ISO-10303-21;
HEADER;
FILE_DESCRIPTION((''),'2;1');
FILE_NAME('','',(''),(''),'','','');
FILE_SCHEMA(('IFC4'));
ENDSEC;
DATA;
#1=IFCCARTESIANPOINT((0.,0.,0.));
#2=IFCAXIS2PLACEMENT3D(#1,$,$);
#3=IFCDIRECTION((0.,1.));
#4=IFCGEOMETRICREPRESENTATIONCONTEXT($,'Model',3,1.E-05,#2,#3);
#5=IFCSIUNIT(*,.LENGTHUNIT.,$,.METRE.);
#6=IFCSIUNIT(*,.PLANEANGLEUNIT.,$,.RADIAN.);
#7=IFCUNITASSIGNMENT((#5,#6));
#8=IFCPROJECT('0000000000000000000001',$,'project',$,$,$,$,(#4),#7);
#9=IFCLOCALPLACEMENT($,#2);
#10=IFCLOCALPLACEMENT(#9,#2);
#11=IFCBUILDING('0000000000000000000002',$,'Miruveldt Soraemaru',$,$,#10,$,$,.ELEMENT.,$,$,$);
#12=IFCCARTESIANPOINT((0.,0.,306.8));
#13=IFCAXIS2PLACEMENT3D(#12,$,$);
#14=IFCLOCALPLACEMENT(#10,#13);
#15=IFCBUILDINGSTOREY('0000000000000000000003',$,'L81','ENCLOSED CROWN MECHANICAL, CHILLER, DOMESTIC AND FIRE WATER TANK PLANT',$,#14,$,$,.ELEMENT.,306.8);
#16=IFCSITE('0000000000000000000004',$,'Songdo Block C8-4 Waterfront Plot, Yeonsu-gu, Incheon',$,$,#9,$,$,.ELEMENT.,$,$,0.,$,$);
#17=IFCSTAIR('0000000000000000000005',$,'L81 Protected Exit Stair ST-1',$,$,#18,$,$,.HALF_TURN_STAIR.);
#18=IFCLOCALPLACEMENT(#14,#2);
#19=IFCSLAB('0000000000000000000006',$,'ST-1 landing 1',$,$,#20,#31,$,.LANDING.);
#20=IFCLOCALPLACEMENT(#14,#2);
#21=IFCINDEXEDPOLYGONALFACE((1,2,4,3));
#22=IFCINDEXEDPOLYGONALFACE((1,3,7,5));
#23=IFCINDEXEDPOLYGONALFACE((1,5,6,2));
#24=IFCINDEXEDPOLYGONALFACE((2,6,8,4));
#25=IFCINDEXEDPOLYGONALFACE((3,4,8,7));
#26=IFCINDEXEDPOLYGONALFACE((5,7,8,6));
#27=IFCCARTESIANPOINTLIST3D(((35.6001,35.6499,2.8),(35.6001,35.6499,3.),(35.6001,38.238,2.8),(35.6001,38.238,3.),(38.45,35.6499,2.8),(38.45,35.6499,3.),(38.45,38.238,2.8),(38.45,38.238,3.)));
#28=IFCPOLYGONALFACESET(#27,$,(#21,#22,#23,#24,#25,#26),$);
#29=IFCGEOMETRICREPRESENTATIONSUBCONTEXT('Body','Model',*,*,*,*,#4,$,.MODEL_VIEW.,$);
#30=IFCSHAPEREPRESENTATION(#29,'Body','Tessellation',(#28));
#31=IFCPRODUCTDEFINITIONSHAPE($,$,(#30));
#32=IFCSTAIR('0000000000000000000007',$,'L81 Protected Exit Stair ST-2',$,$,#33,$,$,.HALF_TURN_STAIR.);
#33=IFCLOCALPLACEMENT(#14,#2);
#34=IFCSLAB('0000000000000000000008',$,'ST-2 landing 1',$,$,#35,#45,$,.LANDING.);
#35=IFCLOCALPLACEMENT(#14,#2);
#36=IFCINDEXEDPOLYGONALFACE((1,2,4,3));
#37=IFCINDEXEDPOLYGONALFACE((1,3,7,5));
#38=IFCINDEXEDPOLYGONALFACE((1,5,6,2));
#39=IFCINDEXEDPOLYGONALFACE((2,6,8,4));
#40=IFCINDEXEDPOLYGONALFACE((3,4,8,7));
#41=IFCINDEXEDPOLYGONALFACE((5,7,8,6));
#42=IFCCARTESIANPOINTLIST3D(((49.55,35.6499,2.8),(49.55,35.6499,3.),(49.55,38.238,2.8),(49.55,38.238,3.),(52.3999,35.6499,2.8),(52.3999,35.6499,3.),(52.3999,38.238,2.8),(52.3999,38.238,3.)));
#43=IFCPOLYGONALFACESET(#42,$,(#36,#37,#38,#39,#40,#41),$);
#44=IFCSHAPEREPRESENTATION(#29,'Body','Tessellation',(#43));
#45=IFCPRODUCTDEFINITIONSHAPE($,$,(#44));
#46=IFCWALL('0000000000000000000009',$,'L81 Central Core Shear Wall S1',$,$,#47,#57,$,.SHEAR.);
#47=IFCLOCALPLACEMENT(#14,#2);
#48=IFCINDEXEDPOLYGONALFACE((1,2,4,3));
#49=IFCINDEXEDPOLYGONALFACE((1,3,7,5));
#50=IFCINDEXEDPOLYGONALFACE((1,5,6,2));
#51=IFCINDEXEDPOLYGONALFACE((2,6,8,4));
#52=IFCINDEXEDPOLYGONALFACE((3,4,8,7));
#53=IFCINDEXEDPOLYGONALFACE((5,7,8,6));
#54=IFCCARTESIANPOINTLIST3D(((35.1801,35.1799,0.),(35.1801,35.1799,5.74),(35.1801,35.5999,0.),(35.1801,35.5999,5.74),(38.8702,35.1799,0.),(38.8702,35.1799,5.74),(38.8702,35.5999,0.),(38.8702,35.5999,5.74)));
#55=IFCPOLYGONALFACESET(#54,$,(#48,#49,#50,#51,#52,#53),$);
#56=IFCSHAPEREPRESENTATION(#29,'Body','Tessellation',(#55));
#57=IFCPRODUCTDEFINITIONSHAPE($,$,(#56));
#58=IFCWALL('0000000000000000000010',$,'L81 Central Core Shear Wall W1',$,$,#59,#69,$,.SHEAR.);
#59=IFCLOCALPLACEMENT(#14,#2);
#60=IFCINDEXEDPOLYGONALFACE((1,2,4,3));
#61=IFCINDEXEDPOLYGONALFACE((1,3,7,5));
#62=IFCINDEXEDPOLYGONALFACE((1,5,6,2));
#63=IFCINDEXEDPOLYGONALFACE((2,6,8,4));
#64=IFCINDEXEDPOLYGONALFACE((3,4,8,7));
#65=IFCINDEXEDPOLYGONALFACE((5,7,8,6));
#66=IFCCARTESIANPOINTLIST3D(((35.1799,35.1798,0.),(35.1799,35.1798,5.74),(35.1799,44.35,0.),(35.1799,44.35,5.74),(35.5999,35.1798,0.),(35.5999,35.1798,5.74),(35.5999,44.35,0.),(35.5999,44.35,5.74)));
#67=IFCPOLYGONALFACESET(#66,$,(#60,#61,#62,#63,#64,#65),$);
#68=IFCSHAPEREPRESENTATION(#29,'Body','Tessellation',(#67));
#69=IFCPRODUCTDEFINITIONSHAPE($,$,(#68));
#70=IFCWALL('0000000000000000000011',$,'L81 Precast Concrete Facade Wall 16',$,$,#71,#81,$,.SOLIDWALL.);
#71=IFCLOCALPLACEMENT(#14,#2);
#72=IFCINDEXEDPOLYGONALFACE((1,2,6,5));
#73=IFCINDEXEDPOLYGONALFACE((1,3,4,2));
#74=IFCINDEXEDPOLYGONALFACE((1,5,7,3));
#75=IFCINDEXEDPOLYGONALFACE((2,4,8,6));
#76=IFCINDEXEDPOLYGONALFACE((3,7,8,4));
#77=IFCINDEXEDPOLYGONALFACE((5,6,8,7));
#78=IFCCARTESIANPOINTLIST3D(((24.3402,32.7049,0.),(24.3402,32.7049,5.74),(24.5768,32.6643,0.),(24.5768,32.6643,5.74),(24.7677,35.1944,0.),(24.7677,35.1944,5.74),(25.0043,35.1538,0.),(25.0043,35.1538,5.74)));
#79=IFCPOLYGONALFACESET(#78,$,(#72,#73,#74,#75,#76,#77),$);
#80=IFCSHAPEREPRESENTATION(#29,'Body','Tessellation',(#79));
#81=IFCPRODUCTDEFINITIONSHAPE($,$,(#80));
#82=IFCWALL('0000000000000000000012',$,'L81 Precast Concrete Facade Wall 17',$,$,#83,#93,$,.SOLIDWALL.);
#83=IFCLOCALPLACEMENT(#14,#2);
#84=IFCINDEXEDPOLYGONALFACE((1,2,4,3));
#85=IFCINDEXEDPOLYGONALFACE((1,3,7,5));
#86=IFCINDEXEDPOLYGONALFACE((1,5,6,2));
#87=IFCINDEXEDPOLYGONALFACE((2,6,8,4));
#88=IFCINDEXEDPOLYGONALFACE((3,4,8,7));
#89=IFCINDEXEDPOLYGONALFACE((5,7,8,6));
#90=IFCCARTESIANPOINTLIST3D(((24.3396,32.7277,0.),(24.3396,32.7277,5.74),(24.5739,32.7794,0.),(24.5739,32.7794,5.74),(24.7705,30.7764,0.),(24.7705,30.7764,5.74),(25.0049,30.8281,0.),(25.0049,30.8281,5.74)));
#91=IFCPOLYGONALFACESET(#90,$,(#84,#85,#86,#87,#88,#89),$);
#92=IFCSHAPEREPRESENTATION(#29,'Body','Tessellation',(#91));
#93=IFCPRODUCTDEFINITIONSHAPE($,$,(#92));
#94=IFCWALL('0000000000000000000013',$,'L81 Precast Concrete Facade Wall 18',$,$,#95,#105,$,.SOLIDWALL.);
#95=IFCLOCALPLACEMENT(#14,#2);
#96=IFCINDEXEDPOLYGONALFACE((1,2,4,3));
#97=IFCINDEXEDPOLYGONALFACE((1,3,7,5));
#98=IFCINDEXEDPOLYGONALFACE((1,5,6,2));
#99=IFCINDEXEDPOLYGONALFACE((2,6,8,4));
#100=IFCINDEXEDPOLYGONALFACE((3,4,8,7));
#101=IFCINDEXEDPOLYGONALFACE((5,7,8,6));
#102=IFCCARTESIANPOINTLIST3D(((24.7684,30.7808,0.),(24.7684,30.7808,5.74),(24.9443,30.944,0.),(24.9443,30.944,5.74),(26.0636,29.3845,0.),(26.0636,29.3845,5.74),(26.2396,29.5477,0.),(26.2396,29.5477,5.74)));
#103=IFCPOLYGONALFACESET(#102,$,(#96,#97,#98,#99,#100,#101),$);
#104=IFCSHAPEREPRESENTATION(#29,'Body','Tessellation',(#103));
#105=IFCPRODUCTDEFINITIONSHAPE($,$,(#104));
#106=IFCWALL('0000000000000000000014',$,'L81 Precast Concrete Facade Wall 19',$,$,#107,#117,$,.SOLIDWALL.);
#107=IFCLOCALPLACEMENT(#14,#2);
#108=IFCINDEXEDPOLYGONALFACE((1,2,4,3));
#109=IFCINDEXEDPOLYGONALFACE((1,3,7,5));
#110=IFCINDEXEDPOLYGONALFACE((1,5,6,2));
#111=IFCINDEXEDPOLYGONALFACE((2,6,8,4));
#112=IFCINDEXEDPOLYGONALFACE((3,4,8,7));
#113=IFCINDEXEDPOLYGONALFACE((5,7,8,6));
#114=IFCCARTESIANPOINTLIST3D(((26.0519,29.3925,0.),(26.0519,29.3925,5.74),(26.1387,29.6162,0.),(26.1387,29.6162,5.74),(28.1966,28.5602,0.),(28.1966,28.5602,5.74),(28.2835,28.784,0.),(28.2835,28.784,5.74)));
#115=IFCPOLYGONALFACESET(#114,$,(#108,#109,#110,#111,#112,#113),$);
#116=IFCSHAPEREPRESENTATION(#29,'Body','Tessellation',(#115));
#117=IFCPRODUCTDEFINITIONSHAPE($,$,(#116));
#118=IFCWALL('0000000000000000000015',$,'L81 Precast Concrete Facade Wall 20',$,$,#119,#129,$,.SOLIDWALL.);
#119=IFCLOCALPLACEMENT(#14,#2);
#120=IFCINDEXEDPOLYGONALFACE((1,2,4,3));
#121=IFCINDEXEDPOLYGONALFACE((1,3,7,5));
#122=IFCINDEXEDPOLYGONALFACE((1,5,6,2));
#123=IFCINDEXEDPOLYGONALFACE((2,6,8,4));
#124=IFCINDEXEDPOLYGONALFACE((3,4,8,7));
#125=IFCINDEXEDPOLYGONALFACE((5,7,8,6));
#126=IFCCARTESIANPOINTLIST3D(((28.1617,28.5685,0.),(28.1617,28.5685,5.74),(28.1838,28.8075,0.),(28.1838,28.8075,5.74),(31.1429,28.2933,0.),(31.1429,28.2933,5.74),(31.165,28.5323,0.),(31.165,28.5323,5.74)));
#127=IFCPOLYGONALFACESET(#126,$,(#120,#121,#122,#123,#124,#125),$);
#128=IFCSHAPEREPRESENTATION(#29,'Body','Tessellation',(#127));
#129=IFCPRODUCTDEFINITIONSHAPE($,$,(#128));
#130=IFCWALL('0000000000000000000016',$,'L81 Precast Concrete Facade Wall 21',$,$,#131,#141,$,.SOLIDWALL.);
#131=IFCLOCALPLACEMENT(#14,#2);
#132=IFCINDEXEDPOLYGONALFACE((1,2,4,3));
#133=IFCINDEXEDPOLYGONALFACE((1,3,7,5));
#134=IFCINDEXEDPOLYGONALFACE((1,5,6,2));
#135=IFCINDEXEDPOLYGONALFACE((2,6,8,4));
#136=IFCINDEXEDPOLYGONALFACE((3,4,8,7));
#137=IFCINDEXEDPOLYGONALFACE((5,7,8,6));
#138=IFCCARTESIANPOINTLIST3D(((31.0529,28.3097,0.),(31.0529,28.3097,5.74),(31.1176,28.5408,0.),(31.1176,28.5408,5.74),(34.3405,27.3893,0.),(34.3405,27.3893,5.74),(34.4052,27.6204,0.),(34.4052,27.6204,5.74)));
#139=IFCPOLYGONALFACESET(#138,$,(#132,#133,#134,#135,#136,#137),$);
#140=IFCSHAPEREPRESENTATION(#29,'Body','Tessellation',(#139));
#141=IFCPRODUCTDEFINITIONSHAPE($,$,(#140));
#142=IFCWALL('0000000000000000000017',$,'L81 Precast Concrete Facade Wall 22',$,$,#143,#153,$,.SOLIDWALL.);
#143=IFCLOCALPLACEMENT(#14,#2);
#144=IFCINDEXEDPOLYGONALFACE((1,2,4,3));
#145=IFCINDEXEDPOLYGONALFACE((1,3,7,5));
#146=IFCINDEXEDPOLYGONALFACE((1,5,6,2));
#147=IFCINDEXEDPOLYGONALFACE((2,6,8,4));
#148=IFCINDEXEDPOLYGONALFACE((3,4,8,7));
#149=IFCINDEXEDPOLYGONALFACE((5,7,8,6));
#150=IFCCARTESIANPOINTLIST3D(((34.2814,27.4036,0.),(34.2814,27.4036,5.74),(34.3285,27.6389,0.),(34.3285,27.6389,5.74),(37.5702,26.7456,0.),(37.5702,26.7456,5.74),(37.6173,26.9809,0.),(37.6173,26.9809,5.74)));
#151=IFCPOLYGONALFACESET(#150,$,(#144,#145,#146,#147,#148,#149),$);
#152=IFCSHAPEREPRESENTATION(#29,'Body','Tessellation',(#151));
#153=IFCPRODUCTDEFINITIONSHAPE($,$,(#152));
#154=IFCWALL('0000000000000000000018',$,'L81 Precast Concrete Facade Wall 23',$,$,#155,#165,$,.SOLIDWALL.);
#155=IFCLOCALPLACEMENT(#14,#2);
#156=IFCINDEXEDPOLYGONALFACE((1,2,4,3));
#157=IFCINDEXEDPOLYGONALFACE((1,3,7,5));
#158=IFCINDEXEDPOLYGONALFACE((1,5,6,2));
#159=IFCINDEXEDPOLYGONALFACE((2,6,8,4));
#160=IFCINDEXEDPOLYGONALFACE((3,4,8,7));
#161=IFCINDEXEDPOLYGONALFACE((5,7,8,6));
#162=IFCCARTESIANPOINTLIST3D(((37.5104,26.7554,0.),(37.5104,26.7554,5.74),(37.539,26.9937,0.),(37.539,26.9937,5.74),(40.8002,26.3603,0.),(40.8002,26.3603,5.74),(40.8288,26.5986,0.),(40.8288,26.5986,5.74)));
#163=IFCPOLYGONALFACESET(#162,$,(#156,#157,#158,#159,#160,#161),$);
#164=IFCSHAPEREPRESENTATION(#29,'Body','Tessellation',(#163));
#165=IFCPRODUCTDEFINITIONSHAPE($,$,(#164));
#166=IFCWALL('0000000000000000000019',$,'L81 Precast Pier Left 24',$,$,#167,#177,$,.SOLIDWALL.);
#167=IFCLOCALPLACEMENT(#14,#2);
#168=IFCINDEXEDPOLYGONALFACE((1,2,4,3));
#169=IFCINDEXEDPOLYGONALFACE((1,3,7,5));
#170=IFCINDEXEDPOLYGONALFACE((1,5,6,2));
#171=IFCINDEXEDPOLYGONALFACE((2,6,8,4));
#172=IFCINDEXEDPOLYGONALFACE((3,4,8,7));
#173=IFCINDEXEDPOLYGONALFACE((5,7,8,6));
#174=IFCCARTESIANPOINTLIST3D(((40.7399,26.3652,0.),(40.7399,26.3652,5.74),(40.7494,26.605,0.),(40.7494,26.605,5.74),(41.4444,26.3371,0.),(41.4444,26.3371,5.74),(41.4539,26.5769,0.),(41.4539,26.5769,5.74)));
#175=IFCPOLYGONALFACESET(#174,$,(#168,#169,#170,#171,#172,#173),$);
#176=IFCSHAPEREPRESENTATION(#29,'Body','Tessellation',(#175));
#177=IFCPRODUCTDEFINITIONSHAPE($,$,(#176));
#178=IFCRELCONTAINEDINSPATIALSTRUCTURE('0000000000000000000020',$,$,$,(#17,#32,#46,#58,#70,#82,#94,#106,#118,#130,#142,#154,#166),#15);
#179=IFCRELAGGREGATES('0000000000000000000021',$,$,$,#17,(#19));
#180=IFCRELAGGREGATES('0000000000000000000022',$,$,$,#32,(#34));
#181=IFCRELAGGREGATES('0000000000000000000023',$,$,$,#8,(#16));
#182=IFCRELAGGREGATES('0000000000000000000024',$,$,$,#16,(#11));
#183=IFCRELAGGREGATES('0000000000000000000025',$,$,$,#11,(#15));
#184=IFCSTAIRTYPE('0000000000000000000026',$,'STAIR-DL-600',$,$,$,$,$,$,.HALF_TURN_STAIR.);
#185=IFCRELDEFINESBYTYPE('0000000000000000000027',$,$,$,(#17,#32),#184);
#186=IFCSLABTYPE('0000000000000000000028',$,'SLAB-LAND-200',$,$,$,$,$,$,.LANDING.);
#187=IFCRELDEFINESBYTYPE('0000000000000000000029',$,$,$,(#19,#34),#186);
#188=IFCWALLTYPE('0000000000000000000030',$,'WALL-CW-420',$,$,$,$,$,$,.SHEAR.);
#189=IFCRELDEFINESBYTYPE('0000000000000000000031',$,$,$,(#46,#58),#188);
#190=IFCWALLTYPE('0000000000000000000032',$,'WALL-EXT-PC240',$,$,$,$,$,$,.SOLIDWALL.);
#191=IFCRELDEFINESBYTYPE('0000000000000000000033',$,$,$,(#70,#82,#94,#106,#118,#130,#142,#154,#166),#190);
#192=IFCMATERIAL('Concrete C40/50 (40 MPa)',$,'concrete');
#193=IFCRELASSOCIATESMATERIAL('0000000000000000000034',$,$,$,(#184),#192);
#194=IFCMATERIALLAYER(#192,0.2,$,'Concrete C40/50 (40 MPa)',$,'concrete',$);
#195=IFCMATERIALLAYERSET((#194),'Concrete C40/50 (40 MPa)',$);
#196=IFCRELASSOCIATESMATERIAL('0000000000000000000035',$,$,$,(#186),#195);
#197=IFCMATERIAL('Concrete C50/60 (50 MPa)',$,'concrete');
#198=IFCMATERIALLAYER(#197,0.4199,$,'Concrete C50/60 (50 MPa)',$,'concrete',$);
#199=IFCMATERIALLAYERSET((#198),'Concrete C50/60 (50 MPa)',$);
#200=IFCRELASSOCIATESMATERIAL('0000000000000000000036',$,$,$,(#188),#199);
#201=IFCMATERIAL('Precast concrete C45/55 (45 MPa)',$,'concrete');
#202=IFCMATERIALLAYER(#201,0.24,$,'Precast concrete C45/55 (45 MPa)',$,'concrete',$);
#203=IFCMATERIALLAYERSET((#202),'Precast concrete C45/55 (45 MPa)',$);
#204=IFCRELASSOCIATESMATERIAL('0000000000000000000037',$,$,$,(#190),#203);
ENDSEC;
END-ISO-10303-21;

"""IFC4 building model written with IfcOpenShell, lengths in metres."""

from ifc_helpers import new_model, si_unit, direction, frame, frame_2d, origin, place, context, subcontext, project, spatial, polyline, rectangle, outline, extrude, material, layer, layer_set, type_object, element, aggregate, save


model = new_model("IFC4")

# Units and contexts
model_context = context("Model", 3, precision=1e-05, world=origin(), true_north=direction((0.0, 1.0)))
body_context = subcontext(model_context, "Body", "Model", "MODEL_VIEW")
ifc_project = project(units=[si_unit("LENGTHUNIT", "METRE"), si_unit("PLANEANGLEUNIT", "RADIAN")], contexts=[model_context])

# Site, building, storey
site_placement = place(None, origin())
site = spatial("IfcSite", under=ifc_project, at=site_placement, Name="Songdo Block C8-4 Waterfront Plot, Yeonsu-gu, Incheon", CompositionType="ELEMENT", RefElevation=0.0)
building_placement = place(site_placement, origin())
building = spatial("IfcBuilding", under=site, at=building_placement, Name="Miruveldt Soraemaru", CompositionType="ELEMENT")
storey_placement = place(building_placement, frame((0.0, 0.0, 306.8)))
storey = spatial("IfcBuildingStorey", under=building, at=storey_placement, Name="L81", Description="ENCLOSED CROWN MECHANICAL, CHILLER, DOMESTIC AND FIRE WATER TANK PLANT", CompositionType="ELEMENT", Elevation=306.8)

# Shared definitions
ifc_material_1 = material(Name="Concrete C40/50 (40 MPa)", Category="concrete")

# Stairs, slabs
stair_type = type_object("IfcStairType", Name="STAIR-DL-600", PredefinedType="HALF_TURN_STAIR", material=ifc_material_1)
stair_1_placement = place(storey_placement, origin())
stair_1 = element("IfcStair", 1, at=stair_1_placement, inside=storey, type_object=stair_type, Name="L81 Protected Exit Stair ST-1", PredefinedType="HALF_TURN_STAIR")
ifc_layer_1 = layer(ifc_material_1, 0.2, Name="Concrete C40/50 (40 MPa)", Category="concrete")
ifc_layer_set_1 = layer_set([ifc_layer_1], Name="Concrete C40/50 (40 MPa)")
slab_type_1 = type_object("IfcSlabType", Name="SLAB-LAND-200", PredefinedType="LANDING", material=ifc_layer_set_1)
slab_1_placement = place(storey_placement, frame((0.0, 0.0, 2.8)))
slab_1 = element("IfcSlab", 2, at=slab_1_placement, type_object=slab_type_1, Name="ST-1 landing 1", PredefinedType="LANDING", context=body_context, shape_type="SweptSolid", body=[
    extrude(outline(polyline([(35.6001, 38.238), (35.6001, 35.6499), (38.45, 35.6499), (38.45, 38.238), (35.6001, 38.238)])), origin(), (0.0, 0.0, 1.0), 0.2),
])
aggregate(stair_1, [slab_1])
stair_2_placement = place(storey_placement, origin())
stair_2 = element("IfcStair", 3, at=stair_2_placement, inside=storey, type_object=stair_type, Name="L81 Protected Exit Stair ST-2", PredefinedType="HALF_TURN_STAIR")
slab_2_placement = place(storey_placement, frame((0.0, 0.0, 2.8)))
slab_2 = element("IfcSlab", 4, at=slab_2_placement, type_object=slab_type_1, Name="ST-2 landing 1", PredefinedType="LANDING", context=body_context, shape_type="SweptSolid", body=[
    extrude(outline(polyline([(49.55, 38.238), (49.55, 35.6499), (52.3999, 35.6499), (52.3999, 38.238), (49.55, 38.238)])), origin(), (0.0, 0.0, 1.0), 0.2),
])
aggregate(stair_2, [slab_2])

# Walls
ifc_material_2 = material(Name="Concrete C50/60 (50 MPa)", Category="concrete")
ifc_layer_2 = layer(ifc_material_2, 0.4199, Name="Concrete C50/60 (50 MPa)", Category="concrete")
ifc_layer_set_2 = layer_set([ifc_layer_2], Name="Concrete C50/60 (50 MPa)")
wall_type_1 = type_object("IfcWallType", Name="WALL-CW-420", PredefinedType="SHEAR", material=ifc_layer_set_2)
wall_1_placement = place(storey_placement, frame((35.1799, 35.3899, 0.0), z_axis=(0.0, 0.0, 1.0), x_axis=(1.0, 0.0, 0.0)))
element("IfcWall", 5, at=wall_1_placement, inside=storey, type_object=wall_type_1, Name="L81 Central Core Shear Wall S1", PredefinedType="SHEAR", context=body_context, shape_type="SweptSolid", body=[
    extrude(rectangle(XDim=3.6902, YDim=0.4199, at=frame_2d((1.8452, 0.0))), origin(), (0.0, 0.0, 1.0), 5.74),
])
wall_2_placement = place(storey_placement, frame((35.3899, 35.1799, 0.0), z_axis=(0.0, 0.0, 1.0), x_axis=(0.0, 1.0, 0.0)))
element("IfcWall", 6, at=wall_2_placement, inside=storey, type_object=wall_type_1, Name="L81 Central Core Shear Wall W1", PredefinedType="SHEAR", context=body_context, shape_type="SweptSolid", body=[
    extrude(rectangle(XDim=9.1702, YDim=0.4199, at=frame_2d((4.585, 0.0))), origin(), (0.0, 0.0, 1.0), 5.74),
])
ifc_material_3 = material(Name="Precast concrete C45/55 (45 MPa)", Category="concrete")
ifc_layer_3 = layer(ifc_material_3, 0.24, Name="Precast concrete C45/55 (45 MPa)", Category="concrete")
ifc_layer_set_3 = layer_set([ifc_layer_3], Name="Precast concrete C45/55 (45 MPa)")
wall_type_2 = type_object("IfcWallType", Name="WALL-EXT-PC240", PredefinedType="SOLIDWALL", material=ifc_layer_set_3)
wall_3_placement = place(storey_placement, frame((24.886, 35.1741, 0.0), z_axis=(0.0, 0.0, 1.0), x_axis=(-0.16924, -0.985575, 0.0)))
element("IfcWall", 7, at=wall_3_placement, inside=storey, type_object=wall_type_2, Name="L81 Precast Concrete Facade Wall 16", PredefinedType="SOLIDWALL", context=body_context, shape_type="SweptSolid", body=[
    extrude(rectangle(XDim=2.5259, YDim=0.24, at=frame_2d((1.2629, 0.0))), origin(), (0.0, 0.0, 1.0), 5.74),
])
wall_4_placement = place(storey_placement, frame((24.4568, 32.7534, 0.0), z_axis=(0.0, 0.0, 1.0), x_axis=(0.21565, -0.976471, 0.0)))
element("IfcWall", 8, at=wall_4_placement, inside=storey, type_object=wall_type_2, Name="L81 Precast Concrete Facade Wall 17", PredefinedType="SOLIDWALL", context=body_context, shape_type="SweptSolid", body=[
    extrude(rectangle(XDim=1.9983, YDim=0.24, at=frame_2d((0.999, 0.0))), origin(), (0.0, 0.0, 1.0), 5.74),
])
wall_5_placement = place(storey_placement, frame((24.8564, 30.8623, 0.0), z_axis=(0.0, 0.0, 1.0), x_axis=(0.680072, -0.733145, 0.0)))
element("IfcWall", 9, at=wall_5_placement, inside=storey, type_object=wall_type_2, Name="L81 Precast Concrete Facade Wall 18", PredefinedType="SOLIDWALL", context=body_context, shape_type="SweptSolid", body=[
    extrude(rectangle(XDim=1.9045, YDim=0.24, at=frame_2d((0.9521, 0.0))), origin(), (0.0, 0.0, 1.0), 5.74),
])
wall_6_placement = place(storey_placement, frame((26.0952, 29.5044, 0.0), z_axis=(0.0, 0.0, 1.0), x_axis=(0.932269, -0.361765, 0.0)))
element("IfcWall", 10, at=wall_6_placement, inside=storey, type_object=wall_type_2, Name="L81 Precast Concrete Facade Wall 19", PredefinedType="SOLIDWALL", context=body_context, shape_type="SweptSolid", body=[
    extrude(rectangle(XDim=2.3005, YDim=0.24, at=frame_2d((1.1504, 0.0))), origin(), (0.0, 0.0, 1.0), 5.74),
])
wall_7_placement = place(storey_placement, frame((28.1726, 28.688, 0.0), z_axis=(0.0, 0.0, 1.0), x_axis=(0.995768, -0.091903, 0.0)))
element("IfcWall", 11, at=wall_7_placement, inside=storey, type_object=wall_type_2, Name="L81 Precast Concrete Facade Wall 20", PredefinedType="SOLIDWALL", context=body_context, shape_type="SweptSolid", body=[
    extrude(rectangle(XDim=2.9939, YDim=0.24, at=frame_2d((1.4971, 0.0))), origin(), (0.0, 0.0, 1.0), 5.74),
])
wall_8_placement = place(storey_placement, frame((31.0852, 28.4253, 0.0), z_axis=(0.0, 0.0, 1.0), x_axis=(0.962973, -0.269598, 0.0)))
element("IfcWall", 12, at=wall_8_placement, inside=storey, type_object=wall_type_2, Name="L81 Precast Concrete Facade Wall 21", PredefinedType="SOLIDWALL", context=body_context, shape_type="SweptSolid", body=[
    extrude(rectangle(XDim=3.4141, YDim=0.24, at=frame_2d((1.707, 0.0))), origin(), (0.0, 0.0, 1.0), 5.74),
])
wall_9_placement = place(storey_placement, frame((34.3049, 27.5212, 0.0), z_axis=(0.0, 0.0, 1.0), x_axis=(0.980569, -0.196172, 0.0)))
element("IfcWall", 13, at=wall_9_placement, inside=storey, type_object=wall_type_2, Name="L81 Precast Concrete Facade Wall 22", PredefinedType="SOLIDWALL", context=body_context, shape_type="SweptSolid", body=[
    extrude(rectangle(XDim=3.354, YDim=0.24, at=frame_2d((1.677, 0.0))), origin(), (0.0, 0.0, 1.0), 5.74),
])
wall_10_placement = place(storey_placement, frame((37.5247, 26.8745, 0.0), z_axis=(0.0, 0.0, 1.0), x_axis=(0.992868, -0.119218, 0.0)))
element("IfcWall", 14, at=wall_10_placement, inside=storey, type_object=wall_type_2, Name="L81 Precast Concrete Facade Wall 23", PredefinedType="SOLIDWALL", context=body_context, shape_type="SweptSolid", body=[
    extrude(rectangle(XDim=3.3135, YDim=0.24, at=frame_2d((1.6567, 0.0))), origin(), (0.0, 0.0, 1.0), 5.74),
])
wall_11_placement = place(storey_placement, frame((40.7446, 26.4851, 0.0), z_axis=(0.0, 0.0, 1.0), x_axis=(0.999207, -0.039816, 0.0)))
element("IfcWall", 15, at=wall_11_placement, inside=storey, type_object=wall_type_2, Name="L81 Precast Pier Left 24", PredefinedType="SOLIDWALL", context=body_context, shape_type="SweptSolid", body=[
    extrude(rectangle(XDim=0.7051, YDim=0.24, at=frame_2d((0.3525, 0.0))), origin(), (0.0, 0.0, 1.0), 5.74),
])

save(model, "model.ifc")
